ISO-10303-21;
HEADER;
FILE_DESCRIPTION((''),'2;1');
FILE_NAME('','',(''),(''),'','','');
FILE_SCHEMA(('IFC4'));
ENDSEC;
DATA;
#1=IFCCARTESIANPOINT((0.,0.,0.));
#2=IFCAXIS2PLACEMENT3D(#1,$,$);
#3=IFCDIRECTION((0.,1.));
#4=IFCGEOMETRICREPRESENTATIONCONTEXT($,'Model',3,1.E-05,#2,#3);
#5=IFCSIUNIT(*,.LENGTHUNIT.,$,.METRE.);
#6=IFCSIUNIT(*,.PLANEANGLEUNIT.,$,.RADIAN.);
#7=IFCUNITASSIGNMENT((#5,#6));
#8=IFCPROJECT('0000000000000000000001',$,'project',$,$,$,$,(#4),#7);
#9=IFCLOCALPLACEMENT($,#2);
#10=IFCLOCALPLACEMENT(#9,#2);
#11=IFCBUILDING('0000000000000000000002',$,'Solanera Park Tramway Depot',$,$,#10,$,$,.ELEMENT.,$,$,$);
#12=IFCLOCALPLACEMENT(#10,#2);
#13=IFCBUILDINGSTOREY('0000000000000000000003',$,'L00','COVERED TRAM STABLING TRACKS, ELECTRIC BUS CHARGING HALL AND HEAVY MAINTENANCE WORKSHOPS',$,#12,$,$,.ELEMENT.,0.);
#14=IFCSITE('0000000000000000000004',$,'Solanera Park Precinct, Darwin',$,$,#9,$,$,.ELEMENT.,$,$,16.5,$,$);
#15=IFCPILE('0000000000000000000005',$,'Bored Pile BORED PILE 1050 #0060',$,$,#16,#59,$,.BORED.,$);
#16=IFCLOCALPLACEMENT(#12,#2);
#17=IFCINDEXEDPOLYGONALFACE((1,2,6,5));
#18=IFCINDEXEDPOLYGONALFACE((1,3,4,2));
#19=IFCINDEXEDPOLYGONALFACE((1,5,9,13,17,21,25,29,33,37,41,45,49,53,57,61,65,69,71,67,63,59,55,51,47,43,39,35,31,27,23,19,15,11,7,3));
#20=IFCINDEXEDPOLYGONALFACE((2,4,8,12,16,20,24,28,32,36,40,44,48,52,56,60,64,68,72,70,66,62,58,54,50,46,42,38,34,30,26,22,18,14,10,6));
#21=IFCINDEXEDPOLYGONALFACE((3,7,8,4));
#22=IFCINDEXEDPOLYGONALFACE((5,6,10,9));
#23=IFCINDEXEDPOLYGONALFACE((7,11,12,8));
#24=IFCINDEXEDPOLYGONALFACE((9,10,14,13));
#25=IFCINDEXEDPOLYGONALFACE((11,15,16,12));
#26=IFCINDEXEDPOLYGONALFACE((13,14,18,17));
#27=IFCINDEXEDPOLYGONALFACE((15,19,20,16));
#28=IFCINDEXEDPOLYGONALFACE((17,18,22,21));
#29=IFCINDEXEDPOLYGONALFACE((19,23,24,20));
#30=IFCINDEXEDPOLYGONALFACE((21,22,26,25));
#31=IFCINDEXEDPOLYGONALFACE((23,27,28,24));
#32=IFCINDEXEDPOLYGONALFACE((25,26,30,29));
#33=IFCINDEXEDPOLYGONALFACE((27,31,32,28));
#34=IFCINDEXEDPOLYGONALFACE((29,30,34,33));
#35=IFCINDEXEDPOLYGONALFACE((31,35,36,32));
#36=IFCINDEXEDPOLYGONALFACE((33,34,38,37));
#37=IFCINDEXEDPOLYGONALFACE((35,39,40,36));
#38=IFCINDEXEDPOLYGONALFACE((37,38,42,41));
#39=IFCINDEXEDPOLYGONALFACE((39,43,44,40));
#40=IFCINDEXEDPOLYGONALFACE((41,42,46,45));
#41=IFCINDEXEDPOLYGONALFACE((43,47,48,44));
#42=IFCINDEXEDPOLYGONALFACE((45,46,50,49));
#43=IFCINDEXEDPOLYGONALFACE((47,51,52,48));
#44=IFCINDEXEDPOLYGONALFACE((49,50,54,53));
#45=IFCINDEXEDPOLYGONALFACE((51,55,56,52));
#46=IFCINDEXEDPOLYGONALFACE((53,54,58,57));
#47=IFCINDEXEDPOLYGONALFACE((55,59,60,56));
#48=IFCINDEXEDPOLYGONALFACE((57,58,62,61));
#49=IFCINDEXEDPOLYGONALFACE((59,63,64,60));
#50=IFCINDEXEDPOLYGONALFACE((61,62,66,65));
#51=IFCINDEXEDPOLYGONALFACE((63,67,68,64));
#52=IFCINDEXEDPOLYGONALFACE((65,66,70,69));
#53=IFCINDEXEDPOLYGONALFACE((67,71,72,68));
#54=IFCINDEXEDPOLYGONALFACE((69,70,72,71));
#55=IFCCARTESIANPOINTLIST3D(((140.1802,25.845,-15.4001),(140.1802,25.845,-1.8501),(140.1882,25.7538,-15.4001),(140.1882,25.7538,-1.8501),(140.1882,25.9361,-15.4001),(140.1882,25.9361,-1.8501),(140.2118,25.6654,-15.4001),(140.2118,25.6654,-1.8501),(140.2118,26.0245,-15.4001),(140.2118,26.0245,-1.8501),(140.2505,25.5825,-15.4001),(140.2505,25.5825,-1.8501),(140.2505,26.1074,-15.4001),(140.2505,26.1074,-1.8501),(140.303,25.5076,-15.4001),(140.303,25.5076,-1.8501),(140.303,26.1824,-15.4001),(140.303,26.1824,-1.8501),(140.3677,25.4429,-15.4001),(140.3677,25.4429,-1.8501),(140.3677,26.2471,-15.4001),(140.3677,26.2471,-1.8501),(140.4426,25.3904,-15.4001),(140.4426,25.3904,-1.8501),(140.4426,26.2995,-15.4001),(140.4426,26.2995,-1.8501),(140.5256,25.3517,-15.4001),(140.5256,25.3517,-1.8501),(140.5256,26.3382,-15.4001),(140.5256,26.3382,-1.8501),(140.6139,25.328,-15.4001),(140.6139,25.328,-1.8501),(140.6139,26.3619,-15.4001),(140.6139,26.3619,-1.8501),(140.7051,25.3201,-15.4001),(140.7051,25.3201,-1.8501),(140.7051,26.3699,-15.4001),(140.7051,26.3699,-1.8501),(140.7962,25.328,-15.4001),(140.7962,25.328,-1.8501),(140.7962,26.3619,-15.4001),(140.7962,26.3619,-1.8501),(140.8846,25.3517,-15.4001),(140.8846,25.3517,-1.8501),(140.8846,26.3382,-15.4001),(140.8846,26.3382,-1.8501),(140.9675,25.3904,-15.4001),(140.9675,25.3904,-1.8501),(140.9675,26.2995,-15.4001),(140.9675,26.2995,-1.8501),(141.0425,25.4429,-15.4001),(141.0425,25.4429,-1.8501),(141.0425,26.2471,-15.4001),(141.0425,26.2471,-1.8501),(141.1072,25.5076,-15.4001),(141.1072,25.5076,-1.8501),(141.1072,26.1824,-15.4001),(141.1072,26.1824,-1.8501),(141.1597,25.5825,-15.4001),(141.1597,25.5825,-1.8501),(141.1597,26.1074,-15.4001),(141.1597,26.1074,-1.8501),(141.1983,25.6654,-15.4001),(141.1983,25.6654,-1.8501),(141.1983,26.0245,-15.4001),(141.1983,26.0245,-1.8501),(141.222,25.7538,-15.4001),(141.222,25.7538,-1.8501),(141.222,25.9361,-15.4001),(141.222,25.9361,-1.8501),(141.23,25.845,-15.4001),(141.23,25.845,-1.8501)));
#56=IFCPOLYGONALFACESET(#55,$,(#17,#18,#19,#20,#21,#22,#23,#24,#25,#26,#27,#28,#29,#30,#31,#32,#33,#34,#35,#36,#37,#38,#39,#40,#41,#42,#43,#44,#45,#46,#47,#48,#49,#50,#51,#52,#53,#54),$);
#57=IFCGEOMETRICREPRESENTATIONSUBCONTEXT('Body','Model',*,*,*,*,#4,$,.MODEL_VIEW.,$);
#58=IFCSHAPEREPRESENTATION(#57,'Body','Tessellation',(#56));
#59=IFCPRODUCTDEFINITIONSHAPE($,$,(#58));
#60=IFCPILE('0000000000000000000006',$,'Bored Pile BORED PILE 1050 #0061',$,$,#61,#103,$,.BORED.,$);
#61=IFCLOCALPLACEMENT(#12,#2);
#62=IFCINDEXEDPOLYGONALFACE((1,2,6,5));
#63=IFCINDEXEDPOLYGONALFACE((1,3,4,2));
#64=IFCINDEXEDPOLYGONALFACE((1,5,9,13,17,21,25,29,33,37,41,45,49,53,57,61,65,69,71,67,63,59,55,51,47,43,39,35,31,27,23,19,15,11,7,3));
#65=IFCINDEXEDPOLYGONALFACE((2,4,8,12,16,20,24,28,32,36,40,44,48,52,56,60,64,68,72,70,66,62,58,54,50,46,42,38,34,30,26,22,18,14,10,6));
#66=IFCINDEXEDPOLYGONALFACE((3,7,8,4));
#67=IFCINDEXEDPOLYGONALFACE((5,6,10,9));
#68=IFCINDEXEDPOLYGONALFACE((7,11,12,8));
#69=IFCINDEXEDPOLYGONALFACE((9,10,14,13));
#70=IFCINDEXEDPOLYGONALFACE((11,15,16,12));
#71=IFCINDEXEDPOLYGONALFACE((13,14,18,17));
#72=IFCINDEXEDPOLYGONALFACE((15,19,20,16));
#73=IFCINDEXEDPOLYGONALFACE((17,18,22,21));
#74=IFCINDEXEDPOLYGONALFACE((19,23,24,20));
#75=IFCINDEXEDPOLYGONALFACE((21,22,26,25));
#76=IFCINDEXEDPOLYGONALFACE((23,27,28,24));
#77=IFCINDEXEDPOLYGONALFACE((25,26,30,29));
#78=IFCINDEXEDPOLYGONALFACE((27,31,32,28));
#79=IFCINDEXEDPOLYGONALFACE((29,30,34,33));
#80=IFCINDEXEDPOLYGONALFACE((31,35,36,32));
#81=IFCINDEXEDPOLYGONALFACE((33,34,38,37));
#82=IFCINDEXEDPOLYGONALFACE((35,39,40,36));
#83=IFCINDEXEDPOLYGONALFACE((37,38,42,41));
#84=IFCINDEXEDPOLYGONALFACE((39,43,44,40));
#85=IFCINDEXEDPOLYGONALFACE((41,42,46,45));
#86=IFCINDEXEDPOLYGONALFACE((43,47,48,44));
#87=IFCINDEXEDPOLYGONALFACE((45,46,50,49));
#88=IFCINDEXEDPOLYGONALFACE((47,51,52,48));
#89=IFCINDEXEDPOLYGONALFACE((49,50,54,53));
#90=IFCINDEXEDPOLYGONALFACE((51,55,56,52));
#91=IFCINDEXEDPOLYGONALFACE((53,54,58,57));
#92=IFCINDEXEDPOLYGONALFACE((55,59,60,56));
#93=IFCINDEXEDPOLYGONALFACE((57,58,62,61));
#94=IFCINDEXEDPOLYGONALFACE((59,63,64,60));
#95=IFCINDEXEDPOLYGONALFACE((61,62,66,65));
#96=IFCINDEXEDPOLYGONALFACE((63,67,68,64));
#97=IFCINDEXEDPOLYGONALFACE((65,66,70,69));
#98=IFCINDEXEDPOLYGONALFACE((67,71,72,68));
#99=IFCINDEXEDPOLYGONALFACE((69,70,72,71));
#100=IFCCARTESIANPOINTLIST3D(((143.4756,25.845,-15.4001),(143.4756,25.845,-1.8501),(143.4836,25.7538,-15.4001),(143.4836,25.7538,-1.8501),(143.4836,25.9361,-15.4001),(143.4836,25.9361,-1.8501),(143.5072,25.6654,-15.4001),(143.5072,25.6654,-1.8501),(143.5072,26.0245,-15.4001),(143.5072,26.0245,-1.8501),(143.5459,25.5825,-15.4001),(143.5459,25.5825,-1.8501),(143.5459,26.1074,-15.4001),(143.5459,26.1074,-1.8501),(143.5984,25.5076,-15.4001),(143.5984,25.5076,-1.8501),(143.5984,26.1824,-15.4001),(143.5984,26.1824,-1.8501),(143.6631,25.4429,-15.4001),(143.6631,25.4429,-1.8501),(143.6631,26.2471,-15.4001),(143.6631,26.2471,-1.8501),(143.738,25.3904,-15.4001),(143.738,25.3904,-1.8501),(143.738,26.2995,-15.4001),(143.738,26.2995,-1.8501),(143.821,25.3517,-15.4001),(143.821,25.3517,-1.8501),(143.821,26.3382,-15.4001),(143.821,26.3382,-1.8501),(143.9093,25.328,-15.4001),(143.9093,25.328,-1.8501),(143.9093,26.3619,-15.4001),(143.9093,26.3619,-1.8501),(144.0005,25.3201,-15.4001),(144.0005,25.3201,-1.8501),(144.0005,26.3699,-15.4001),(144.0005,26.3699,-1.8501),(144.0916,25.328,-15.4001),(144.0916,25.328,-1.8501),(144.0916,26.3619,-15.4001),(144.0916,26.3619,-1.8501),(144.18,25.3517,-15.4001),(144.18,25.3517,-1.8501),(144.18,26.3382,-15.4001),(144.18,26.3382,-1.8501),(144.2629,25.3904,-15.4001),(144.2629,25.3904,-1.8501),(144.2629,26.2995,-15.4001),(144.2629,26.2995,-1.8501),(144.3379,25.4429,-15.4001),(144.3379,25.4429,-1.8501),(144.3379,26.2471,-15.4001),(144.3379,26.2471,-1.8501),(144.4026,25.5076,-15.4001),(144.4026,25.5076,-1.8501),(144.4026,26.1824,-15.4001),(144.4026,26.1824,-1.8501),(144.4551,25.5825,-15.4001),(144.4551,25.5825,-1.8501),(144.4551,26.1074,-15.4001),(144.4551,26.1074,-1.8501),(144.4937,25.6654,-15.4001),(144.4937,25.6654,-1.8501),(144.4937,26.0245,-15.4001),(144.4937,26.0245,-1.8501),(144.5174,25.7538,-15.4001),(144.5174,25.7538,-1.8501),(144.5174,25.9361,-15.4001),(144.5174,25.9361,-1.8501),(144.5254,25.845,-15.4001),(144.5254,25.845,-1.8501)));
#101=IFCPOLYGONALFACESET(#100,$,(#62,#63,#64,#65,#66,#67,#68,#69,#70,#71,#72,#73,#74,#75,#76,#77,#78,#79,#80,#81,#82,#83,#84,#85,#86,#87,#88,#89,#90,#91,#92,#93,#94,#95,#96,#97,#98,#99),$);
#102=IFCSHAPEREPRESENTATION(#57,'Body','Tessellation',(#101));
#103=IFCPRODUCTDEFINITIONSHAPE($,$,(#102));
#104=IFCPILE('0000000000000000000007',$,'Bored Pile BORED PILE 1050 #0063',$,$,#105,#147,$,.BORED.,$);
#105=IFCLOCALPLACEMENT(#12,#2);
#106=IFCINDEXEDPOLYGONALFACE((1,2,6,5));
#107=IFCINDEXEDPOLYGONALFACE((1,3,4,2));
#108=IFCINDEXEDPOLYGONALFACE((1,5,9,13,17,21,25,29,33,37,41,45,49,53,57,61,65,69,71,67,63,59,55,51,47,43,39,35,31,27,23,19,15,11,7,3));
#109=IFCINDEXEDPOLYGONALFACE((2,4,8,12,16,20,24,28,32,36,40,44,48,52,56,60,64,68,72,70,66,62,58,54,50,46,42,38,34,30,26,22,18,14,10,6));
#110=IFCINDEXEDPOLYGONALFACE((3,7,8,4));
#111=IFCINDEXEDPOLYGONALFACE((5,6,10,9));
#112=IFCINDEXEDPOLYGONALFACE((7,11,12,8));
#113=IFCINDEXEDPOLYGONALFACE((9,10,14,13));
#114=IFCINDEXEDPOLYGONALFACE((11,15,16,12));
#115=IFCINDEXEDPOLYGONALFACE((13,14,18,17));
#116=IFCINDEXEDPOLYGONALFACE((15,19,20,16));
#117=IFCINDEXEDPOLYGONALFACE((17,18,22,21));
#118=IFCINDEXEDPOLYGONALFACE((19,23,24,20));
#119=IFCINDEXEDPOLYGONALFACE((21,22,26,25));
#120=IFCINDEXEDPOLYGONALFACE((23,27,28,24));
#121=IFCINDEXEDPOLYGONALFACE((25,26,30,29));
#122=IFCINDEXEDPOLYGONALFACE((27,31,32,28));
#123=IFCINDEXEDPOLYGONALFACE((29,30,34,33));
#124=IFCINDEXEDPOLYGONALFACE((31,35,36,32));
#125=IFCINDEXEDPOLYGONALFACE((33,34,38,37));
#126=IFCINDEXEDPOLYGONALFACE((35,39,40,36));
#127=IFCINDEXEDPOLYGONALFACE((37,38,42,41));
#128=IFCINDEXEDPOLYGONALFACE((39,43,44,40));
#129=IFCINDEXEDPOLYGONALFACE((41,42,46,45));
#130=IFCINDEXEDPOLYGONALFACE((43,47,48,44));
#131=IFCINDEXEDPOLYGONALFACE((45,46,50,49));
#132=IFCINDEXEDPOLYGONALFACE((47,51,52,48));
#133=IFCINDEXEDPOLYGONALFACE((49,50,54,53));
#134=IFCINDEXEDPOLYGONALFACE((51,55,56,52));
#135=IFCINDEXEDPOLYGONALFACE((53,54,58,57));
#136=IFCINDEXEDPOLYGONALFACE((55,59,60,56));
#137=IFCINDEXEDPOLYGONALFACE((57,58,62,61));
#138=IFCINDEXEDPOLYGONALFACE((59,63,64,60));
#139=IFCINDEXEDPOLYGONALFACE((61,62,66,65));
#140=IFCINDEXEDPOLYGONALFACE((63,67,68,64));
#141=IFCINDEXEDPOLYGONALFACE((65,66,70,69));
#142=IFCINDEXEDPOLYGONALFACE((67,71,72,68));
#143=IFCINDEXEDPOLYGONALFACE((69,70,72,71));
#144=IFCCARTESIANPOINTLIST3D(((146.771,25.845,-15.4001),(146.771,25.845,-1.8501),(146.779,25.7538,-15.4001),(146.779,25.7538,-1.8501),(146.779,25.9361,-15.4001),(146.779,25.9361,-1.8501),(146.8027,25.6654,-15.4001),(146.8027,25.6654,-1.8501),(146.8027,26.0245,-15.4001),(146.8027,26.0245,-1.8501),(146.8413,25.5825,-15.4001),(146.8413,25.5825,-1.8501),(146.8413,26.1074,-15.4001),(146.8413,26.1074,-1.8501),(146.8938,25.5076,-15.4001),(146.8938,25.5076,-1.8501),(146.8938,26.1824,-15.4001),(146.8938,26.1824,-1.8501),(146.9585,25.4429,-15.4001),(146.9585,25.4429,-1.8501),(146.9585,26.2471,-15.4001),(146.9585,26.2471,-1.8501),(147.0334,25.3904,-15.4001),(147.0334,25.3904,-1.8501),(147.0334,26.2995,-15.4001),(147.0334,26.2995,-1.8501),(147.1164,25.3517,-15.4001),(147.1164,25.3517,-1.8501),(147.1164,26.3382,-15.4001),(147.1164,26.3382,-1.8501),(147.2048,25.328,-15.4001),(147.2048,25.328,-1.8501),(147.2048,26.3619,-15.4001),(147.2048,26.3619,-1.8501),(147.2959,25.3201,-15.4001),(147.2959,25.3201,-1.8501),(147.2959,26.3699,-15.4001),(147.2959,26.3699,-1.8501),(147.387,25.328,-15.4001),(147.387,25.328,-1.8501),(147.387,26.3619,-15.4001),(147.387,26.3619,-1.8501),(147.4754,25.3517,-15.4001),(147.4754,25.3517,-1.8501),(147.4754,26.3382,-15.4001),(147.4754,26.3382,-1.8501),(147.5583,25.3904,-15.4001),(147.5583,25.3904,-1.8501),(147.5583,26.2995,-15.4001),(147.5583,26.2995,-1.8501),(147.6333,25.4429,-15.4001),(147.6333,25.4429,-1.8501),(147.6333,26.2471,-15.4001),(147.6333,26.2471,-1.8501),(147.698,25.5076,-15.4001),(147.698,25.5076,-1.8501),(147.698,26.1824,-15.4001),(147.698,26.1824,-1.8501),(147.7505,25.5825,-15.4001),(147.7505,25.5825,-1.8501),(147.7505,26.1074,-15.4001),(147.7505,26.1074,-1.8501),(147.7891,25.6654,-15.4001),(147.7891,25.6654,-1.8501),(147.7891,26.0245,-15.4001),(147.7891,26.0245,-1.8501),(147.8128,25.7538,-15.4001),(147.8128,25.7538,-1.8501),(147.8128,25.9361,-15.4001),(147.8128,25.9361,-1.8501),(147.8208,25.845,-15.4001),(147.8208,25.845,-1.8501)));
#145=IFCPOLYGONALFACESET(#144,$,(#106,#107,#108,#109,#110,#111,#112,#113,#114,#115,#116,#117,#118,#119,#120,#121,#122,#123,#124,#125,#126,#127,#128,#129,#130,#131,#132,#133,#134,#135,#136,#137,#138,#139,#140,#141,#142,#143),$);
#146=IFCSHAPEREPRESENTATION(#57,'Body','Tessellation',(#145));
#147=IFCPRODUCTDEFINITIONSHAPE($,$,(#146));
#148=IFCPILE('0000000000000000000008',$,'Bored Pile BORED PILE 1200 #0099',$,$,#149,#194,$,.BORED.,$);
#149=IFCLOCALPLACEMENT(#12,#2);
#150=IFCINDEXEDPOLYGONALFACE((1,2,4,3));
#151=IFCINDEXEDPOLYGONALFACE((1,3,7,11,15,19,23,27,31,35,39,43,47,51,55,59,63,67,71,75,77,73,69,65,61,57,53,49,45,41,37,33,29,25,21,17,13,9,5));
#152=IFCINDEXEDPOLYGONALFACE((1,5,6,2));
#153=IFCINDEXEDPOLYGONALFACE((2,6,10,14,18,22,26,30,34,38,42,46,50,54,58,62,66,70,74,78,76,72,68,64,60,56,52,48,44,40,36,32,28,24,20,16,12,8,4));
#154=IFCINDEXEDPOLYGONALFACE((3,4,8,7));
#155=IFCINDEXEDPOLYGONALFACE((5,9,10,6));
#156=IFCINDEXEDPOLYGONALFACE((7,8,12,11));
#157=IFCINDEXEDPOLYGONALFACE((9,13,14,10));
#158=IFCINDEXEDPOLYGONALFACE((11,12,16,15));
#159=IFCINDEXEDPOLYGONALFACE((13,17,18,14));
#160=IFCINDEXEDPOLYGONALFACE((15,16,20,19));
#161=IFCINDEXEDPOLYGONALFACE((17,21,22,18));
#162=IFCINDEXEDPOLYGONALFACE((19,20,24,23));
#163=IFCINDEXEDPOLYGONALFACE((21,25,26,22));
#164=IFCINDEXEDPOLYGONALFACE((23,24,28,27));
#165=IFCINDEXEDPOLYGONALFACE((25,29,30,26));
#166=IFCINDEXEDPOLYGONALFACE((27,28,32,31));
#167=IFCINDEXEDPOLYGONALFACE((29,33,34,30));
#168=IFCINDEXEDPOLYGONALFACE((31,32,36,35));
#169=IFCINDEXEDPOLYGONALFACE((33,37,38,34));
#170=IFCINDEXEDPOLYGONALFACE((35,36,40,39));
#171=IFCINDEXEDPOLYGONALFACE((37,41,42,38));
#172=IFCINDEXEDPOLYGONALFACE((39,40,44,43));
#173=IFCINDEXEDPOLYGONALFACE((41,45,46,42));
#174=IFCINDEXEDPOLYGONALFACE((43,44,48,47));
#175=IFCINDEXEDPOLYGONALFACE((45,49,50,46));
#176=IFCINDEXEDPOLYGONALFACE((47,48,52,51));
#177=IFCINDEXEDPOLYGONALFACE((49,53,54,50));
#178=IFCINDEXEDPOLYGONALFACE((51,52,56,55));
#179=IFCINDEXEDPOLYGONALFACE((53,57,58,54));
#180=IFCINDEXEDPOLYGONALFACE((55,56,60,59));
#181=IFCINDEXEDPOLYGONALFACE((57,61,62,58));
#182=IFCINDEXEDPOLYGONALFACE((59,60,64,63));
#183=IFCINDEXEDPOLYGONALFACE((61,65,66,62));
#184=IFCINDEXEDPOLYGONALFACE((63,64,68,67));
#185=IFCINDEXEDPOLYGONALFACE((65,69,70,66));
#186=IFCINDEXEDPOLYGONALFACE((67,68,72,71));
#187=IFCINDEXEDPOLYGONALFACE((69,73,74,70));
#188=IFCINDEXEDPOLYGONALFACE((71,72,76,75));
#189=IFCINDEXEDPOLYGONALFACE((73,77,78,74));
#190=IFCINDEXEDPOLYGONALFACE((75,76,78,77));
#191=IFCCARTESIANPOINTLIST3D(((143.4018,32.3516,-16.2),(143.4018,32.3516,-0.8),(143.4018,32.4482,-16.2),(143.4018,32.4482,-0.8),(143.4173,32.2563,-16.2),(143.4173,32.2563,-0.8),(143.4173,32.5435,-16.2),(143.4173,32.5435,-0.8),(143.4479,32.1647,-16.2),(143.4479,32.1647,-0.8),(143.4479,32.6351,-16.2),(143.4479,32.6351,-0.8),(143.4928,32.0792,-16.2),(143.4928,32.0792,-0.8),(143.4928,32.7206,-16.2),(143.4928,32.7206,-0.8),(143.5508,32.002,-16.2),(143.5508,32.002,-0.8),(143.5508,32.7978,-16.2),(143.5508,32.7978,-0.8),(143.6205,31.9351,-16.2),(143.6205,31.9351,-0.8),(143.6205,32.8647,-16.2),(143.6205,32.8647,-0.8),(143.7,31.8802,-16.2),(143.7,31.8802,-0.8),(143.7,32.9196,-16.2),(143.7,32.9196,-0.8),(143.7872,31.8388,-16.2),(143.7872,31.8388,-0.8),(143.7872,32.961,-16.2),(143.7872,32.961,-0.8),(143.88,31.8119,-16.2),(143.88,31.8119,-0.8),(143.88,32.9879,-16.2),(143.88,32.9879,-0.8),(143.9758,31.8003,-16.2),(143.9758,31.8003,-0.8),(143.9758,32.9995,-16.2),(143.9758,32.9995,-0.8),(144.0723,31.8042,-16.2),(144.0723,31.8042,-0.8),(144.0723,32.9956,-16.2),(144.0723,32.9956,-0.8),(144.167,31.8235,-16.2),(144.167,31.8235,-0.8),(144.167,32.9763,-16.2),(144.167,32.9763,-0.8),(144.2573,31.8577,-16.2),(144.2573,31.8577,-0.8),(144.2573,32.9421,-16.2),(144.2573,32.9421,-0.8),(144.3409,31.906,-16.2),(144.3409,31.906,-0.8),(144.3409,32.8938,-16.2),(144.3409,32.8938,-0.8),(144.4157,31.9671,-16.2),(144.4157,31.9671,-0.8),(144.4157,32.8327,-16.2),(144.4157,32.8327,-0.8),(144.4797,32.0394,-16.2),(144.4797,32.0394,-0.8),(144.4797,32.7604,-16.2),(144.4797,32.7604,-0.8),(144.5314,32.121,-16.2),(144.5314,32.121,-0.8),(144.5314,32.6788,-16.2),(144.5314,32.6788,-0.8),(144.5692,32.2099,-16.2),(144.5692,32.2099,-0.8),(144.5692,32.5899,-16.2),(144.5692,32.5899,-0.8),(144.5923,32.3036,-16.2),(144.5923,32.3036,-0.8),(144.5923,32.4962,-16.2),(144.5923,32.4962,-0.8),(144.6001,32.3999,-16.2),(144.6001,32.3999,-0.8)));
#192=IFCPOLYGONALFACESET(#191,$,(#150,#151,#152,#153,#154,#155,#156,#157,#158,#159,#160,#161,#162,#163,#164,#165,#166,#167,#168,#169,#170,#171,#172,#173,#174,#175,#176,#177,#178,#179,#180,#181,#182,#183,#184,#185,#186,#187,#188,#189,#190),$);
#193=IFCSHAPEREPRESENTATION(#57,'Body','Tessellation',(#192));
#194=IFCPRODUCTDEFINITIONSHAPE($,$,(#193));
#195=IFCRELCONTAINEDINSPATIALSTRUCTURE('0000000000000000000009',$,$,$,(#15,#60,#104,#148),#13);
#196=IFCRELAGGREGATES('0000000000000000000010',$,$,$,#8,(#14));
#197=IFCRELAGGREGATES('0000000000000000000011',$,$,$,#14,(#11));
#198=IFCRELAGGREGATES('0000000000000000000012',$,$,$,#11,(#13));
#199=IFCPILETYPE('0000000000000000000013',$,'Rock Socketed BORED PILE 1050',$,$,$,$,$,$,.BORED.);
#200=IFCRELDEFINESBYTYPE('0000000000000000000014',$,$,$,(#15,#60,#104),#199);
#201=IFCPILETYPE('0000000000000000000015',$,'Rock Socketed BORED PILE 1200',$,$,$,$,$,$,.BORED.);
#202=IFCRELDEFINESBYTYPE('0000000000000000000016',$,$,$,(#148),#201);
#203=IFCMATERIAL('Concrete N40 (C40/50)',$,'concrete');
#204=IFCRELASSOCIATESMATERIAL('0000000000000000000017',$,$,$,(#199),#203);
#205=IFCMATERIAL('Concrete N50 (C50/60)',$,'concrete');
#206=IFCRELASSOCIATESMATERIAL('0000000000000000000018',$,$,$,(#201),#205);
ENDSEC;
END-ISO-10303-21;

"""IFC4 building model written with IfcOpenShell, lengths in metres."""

from ifc_helpers import new_model, si_unit, direction, frame, origin, origin_2d, place, context, subcontext, project, spatial, circle, extrude, material, material_profile, profile_set, type_object, element, save


model = new_model("IFC4")

# Units and contexts
model_context = context("Model", 3, precision=1e-05, world=origin(), true_north=direction((0.0, 1.0)))
body_context = subcontext(model_context, "Body", "Model", "MODEL_VIEW")
ifc_project = project(units=[si_unit("LENGTHUNIT", "METRE"), si_unit("PLANEANGLEUNIT", "RADIAN")], contexts=[model_context])

# Site, building, storey
site_placement = place(None, origin())
site = spatial("IfcSite", under=ifc_project, at=site_placement, Name="Solanera Park Precinct, Darwin", CompositionType="ELEMENT", RefElevation=16.5)
building_placement = place(site_placement, origin())
building = spatial("IfcBuilding", under=site, at=building_placement, Name="Solanera Park Tramway Depot", CompositionType="ELEMENT")
storey_placement = place(building_placement, origin())
storey = spatial("IfcBuildingStorey", under=building, at=storey_placement, Name="L00", Description="COVERED TRAM STABLING TRACKS, ELECTRIC BUS CHARGING HALL AND HEAVY MAINTENANCE WORKSHOPS", CompositionType="ELEMENT", Elevation=0.0)

# Piles
ifc_material_1 = material(Name="Concrete N40 (C40/50)", Category="concrete")
ifc_material_profile_1 = material_profile(ifc_material_1, circle(Radius=0.5249, at=origin_2d()), Name="BORED PILE 1050")
ifc_profile_set_1 = profile_set([ifc_material_profile_1], Name="Concrete N40 (C40/50)")
pile_type_1 = type_object("IfcPileType", Name="Rock Socketed BORED PILE 1050", PredefinedType="BORED", material=ifc_profile_set_1)
for number, where, z_axis, x_axis, name in (
    (1, (140.7051, 25.845, -1.8501), (0.0, 0.0, -1.0), (1.0, 0.0, 0.0), "Bored Pile BORED PILE 1050 #0060"),
    (2, (144.0005, 25.845, -1.8501), (0.0, 0.0, -1.0), (1.0, 0.0, 0.0), "Bored Pile BORED PILE 1050 #0061"),
    (3, (147.2959, 25.845, -1.8501), (0.0, 0.0, -1.0), (1.0, 0.0, 0.0), "Bored Pile BORED PILE 1050 #0063"),
):
    element("IfcPile", number, at=place(storey_placement, frame(where, z_axis=z_axis, x_axis=x_axis)), inside=storey, type_object=pile_type_1, Name=name, PredefinedType="BORED", context=body_context, shape_type="SweptSolid", body=[
        extrude(circle(Radius=0.5249, at=origin_2d()), origin(), (0.0, 0.0, 1.0), 13.55),
    ])
ifc_material_2 = material(Name="Concrete N50 (C50/60)", Category="concrete")
ifc_material_profile_2 = material_profile(ifc_material_2, circle(Radius=0.6001, at=origin_2d()), Name="BORED PILE 1200")
ifc_profile_set_2 = profile_set([ifc_material_profile_2], Name="Concrete N50 (C50/60)")
pile_type_2 = type_object("IfcPileType", Name="Rock Socketed BORED PILE 1200", PredefinedType="BORED", material=ifc_profile_set_2)
pile_1_placement = place(storey_placement, frame((144.0, 32.3999, -0.8), z_axis=(0.0, 0.0, -1.0), x_axis=(1.0, 0.0, 0.0)))
element("IfcPile", 4, at=pile_1_placement, inside=storey, type_object=pile_type_2, Name="Bored Pile BORED PILE 1200 #0099", PredefinedType="BORED", context=body_context, shape_type="SweptSolid", body=[
    extrude(circle(Radius=0.6001, at=origin_2d()), origin(), (0.0, 0.0, 1.0), 15.3999),
])

save(model, "model.ifc")
